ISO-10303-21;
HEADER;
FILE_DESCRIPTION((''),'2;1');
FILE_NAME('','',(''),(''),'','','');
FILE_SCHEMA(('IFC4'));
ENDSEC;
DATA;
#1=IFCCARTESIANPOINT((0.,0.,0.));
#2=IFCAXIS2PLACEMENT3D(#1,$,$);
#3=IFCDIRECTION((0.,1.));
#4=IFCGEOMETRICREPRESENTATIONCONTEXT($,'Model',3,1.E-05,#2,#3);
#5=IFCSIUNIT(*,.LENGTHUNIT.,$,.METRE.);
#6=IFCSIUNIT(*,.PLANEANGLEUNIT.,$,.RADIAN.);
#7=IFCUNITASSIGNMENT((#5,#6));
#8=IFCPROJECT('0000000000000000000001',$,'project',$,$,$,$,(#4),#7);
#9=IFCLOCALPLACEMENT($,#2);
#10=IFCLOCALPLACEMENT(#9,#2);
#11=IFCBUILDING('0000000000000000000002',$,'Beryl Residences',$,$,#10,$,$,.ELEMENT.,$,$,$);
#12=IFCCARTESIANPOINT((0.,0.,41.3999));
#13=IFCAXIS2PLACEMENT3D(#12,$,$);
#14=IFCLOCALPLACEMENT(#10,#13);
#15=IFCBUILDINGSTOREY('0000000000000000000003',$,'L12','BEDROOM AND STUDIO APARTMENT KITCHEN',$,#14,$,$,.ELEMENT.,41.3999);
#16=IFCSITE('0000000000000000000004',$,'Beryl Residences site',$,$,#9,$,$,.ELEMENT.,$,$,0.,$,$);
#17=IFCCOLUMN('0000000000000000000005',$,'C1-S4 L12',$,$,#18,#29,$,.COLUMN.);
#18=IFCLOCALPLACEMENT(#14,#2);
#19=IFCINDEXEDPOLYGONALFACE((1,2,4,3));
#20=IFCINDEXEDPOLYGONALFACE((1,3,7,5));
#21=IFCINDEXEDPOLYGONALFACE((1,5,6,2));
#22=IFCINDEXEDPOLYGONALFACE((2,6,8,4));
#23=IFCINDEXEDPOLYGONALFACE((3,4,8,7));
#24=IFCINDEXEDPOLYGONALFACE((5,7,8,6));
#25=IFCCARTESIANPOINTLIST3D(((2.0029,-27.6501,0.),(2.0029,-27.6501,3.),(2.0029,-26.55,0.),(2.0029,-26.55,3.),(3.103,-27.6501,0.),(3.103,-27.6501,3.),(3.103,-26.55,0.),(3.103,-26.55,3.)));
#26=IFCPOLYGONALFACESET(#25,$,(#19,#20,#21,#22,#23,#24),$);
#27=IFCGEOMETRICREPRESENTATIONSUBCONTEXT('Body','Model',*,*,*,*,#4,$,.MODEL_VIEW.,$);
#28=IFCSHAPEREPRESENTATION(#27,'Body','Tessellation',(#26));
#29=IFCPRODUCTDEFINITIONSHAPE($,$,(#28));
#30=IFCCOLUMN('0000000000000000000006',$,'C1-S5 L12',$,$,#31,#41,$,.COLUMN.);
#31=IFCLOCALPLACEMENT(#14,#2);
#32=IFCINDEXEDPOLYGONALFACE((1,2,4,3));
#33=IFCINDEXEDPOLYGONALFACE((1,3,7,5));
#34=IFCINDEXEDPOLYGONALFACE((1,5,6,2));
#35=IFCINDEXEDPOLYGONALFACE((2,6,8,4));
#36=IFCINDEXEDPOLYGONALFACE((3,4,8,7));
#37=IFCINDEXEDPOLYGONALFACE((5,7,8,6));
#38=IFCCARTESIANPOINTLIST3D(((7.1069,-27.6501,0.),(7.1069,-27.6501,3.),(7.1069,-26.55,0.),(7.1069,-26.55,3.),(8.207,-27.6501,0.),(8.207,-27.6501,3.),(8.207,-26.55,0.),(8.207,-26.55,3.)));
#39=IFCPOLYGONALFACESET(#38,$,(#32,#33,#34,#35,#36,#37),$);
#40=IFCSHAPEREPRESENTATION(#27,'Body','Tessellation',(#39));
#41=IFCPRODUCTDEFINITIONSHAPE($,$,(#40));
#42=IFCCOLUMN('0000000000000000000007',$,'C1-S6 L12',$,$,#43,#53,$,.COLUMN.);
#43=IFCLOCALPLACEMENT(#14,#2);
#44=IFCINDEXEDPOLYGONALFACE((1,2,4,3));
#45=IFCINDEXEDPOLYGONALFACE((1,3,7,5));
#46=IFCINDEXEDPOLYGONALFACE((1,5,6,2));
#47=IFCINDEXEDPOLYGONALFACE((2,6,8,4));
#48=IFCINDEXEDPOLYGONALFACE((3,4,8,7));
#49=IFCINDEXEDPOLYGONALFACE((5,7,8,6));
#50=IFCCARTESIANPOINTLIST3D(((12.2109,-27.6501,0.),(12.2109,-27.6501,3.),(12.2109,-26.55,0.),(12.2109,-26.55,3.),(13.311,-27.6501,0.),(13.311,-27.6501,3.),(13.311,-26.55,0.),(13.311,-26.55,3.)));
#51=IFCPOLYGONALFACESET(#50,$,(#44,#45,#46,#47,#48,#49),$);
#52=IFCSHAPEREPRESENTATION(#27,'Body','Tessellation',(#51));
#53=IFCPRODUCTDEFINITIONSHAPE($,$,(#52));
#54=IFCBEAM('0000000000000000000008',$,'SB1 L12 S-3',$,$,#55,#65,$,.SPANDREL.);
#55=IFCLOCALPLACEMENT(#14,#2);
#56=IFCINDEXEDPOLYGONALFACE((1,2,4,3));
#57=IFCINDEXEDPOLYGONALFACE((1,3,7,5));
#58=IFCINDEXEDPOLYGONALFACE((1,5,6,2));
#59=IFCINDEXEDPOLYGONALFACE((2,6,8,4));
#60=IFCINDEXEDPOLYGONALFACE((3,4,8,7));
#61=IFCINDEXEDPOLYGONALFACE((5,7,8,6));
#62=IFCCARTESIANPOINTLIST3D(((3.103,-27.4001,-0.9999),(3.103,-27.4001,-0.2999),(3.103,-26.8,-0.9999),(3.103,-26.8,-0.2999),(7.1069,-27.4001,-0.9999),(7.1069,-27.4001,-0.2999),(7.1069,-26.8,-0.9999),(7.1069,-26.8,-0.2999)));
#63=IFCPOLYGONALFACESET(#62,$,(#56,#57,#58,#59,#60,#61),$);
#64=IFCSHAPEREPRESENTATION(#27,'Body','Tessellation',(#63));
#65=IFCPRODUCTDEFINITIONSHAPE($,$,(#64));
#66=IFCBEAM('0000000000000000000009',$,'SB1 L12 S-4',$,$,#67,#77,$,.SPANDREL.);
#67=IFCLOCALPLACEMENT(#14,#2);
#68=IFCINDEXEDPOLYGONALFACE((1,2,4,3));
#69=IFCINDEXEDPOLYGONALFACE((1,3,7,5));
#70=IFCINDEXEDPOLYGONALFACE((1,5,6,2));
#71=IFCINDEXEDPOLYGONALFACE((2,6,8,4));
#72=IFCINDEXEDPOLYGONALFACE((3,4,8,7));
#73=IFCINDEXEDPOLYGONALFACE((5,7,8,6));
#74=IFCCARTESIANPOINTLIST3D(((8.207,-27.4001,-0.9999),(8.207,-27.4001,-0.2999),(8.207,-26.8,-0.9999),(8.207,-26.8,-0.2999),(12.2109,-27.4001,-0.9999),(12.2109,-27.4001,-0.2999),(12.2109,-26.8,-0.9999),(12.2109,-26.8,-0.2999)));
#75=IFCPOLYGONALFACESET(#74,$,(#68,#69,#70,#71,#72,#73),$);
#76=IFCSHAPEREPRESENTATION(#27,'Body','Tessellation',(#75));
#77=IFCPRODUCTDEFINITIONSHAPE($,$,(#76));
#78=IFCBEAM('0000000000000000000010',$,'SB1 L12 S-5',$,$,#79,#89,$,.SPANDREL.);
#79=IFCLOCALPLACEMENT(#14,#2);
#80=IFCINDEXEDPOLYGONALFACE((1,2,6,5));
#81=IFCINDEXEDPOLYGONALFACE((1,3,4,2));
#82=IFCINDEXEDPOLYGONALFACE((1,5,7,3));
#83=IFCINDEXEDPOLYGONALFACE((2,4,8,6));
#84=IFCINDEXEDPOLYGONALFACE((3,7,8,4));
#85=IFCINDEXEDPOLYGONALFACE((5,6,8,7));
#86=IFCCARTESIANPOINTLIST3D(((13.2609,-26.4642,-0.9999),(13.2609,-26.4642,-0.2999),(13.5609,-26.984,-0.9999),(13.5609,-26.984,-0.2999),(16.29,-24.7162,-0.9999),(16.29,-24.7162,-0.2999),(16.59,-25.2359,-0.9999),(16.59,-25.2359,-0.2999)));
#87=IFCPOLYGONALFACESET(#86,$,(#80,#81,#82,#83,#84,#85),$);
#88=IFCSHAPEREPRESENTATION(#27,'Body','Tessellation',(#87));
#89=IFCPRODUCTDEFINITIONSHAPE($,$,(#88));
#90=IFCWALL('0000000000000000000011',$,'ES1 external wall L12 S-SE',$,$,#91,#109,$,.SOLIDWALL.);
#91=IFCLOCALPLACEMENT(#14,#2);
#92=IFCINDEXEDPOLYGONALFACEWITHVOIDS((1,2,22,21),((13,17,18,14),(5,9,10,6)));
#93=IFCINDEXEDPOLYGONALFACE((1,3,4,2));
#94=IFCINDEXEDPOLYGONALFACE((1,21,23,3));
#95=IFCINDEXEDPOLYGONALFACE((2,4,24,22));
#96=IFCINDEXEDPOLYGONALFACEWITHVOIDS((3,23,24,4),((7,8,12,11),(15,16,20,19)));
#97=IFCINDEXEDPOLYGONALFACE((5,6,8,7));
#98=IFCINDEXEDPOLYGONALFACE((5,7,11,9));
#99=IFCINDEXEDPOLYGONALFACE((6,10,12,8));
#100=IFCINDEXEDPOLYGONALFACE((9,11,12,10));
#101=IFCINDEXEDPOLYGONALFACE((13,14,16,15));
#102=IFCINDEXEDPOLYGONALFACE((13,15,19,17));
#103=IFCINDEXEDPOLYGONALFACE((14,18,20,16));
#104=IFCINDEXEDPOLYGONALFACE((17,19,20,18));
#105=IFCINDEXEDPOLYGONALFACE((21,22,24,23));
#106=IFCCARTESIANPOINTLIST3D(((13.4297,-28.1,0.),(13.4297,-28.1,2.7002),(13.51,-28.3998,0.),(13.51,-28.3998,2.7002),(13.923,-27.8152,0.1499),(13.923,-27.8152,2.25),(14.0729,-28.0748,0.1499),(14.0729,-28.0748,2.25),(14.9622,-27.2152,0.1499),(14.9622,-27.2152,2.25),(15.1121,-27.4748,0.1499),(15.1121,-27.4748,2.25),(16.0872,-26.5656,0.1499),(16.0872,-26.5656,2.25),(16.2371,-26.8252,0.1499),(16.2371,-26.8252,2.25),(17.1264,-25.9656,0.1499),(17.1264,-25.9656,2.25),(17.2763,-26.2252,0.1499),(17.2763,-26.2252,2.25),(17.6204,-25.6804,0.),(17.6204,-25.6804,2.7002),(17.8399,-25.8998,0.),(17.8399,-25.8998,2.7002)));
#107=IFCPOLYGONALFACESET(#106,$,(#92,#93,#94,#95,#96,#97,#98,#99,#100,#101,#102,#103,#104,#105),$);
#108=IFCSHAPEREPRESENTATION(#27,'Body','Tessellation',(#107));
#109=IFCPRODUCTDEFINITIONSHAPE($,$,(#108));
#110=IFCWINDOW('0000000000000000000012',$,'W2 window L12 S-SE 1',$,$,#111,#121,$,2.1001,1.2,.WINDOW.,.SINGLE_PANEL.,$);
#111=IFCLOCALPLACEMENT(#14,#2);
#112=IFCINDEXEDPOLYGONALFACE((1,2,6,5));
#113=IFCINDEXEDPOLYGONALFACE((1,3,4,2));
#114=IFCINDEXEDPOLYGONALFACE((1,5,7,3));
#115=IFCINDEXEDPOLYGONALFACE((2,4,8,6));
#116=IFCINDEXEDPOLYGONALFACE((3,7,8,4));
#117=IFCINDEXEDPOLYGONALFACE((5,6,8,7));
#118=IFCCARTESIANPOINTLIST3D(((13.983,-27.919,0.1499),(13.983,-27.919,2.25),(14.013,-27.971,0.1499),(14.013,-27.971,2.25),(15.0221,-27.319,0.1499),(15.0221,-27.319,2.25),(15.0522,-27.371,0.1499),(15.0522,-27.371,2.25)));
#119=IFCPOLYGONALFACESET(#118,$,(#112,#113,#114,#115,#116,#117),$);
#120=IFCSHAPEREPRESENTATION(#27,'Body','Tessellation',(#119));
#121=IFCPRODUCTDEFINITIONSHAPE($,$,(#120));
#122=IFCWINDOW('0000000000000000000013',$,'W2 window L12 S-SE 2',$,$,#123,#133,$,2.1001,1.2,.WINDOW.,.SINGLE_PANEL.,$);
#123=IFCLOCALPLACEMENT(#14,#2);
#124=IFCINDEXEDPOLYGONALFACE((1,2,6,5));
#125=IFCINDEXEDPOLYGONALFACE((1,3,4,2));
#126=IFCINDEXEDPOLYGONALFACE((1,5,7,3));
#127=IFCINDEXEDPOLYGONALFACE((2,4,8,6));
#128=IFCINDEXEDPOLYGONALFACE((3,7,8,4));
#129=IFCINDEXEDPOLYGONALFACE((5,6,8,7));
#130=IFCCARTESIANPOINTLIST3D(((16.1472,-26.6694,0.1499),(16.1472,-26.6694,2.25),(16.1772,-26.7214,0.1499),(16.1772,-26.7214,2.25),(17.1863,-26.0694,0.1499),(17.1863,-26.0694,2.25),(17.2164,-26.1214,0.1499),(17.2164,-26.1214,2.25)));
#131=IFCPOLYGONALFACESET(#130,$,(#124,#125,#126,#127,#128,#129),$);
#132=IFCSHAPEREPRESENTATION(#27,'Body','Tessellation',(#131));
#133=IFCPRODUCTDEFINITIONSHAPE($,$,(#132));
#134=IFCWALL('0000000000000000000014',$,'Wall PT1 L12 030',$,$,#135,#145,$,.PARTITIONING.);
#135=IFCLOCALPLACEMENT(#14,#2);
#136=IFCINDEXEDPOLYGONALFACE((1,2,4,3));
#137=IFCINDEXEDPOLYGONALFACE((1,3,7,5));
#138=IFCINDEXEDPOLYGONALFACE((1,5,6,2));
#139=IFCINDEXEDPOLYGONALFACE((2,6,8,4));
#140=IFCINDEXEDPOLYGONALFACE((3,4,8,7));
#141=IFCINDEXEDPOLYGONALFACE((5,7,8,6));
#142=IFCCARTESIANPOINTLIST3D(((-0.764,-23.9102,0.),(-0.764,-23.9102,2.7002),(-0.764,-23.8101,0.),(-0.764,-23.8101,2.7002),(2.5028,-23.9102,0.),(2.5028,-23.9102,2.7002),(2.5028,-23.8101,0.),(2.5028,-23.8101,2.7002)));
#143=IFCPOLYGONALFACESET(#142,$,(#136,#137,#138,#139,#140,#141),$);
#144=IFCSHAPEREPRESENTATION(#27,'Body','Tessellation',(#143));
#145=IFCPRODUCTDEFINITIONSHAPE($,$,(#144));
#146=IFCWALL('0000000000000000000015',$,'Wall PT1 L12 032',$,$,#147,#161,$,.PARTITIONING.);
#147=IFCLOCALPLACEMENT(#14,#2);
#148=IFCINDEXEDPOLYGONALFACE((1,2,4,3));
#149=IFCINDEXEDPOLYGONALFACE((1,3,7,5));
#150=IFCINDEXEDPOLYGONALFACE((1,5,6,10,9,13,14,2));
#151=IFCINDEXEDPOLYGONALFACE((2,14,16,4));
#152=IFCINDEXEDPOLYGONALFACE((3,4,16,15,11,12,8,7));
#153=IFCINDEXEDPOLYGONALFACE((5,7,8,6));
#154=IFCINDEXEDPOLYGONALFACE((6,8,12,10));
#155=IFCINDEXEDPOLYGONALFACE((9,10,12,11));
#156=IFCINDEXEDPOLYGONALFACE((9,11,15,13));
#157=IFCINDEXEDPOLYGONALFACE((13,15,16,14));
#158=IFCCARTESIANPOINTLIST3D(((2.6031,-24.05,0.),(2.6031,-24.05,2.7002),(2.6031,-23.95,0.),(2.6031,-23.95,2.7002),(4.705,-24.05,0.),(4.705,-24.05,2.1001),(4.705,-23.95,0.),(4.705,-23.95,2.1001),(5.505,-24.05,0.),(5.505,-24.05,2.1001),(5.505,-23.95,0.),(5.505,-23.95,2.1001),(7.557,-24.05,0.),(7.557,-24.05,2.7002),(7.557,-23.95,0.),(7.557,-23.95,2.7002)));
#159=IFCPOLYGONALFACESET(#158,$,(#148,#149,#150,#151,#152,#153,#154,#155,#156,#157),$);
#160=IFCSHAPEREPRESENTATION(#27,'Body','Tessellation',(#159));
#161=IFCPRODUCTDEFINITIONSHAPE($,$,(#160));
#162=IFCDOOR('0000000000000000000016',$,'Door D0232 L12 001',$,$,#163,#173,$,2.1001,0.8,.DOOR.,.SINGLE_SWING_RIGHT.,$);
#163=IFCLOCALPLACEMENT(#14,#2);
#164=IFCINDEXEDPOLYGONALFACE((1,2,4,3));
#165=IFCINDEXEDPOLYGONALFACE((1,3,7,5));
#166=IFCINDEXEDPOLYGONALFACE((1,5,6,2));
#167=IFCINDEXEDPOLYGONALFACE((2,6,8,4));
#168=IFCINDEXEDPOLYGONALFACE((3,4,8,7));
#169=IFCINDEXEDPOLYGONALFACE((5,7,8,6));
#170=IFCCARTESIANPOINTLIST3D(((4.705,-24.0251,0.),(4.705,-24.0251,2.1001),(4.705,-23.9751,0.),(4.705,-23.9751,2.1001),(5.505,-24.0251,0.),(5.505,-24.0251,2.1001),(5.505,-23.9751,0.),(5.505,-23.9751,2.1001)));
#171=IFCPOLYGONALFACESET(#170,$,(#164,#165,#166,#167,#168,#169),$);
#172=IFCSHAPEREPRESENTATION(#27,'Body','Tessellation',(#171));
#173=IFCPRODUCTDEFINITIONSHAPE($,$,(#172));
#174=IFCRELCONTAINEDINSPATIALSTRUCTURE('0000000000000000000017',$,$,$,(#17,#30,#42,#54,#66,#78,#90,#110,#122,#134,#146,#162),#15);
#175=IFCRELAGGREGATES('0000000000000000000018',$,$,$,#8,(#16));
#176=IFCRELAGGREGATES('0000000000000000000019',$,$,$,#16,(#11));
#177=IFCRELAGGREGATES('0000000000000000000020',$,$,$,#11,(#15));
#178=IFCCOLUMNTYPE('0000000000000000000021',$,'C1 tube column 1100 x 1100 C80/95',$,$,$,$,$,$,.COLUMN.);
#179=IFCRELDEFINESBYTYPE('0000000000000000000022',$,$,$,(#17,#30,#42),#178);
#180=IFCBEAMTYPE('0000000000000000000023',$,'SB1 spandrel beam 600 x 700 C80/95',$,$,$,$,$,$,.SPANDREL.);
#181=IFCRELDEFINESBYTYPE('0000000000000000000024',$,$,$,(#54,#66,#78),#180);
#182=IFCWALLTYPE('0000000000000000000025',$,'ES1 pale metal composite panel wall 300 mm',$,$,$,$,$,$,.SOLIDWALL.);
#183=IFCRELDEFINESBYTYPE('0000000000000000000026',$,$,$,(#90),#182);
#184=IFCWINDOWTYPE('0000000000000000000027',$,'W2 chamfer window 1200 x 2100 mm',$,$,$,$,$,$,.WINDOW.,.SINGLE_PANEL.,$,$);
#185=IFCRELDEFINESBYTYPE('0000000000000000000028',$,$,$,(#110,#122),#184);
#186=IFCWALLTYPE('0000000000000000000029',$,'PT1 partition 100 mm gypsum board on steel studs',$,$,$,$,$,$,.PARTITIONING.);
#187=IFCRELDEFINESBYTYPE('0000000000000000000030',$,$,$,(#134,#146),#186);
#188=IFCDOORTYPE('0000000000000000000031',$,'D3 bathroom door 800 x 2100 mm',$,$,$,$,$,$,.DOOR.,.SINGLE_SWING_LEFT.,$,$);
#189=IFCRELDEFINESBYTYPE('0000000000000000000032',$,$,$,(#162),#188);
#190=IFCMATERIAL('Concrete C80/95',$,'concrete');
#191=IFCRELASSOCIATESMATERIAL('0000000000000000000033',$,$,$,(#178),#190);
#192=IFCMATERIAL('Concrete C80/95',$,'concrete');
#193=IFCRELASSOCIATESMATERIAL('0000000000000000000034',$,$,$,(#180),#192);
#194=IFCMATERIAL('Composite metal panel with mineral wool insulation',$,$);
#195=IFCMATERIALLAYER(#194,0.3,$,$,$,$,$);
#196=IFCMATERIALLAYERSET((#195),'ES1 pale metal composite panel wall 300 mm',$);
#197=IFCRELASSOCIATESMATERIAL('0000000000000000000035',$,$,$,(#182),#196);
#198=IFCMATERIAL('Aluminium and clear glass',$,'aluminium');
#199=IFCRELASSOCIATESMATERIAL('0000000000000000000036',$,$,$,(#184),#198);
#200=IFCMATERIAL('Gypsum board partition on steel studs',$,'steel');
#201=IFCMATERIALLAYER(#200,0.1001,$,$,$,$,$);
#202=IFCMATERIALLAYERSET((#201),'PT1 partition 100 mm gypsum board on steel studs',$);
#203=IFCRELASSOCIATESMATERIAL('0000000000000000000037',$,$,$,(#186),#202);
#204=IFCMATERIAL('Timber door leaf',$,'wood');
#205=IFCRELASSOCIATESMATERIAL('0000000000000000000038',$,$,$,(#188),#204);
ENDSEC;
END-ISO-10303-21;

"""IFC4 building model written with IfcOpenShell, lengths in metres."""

from ifc_helpers import new_model, si_unit, direction, frame, frame_2d, origin, origin_2d, place, context, subcontext, project, spatial, polyline, rectangle, outline, extrude, material, layer, layer_set, material_profile, profile_set, type_object, element, fill, save


model = new_model("IFC4")

# Units and contexts
model_context = context("Model", 3, precision=1e-05, world=origin(), true_north=direction((0.0, 1.0)))
body_context = subcontext(model_context, "Body", "Model", "MODEL_VIEW")
ifc_project = project(units=[si_unit("LENGTHUNIT", "METRE"), si_unit("PLANEANGLEUNIT", "RADIAN")], contexts=[model_context])

# Site, building, storey
site_placement = place(None, origin())
site = spatial("IfcSite", under=ifc_project, at=site_placement, Name="Beryl Residences site", CompositionType="ELEMENT", RefElevation=0.0)
building_placement = place(site_placement, origin())
building = spatial("IfcBuilding", under=site, at=building_placement, Name="Beryl Residences", CompositionType="ELEMENT")
storey_placement = place(building_placement, frame((0.0, 0.0, 41.3999)))
storey = spatial("IfcBuildingStorey", under=building, at=storey_placement, Name="L12", Description="BEDROOM AND STUDIO APARTMENT KITCHEN", CompositionType="ELEMENT", Elevation=41.3999)

# Columns
ifc_material_1 = material(Name="Concrete C80/95", Category="concrete")
ifc_material_profile_1 = material_profile(ifc_material_1, rectangle(XDim=1.1001, YDim=1.1001, at=origin_2d()))
ifc_profile_set_1 = profile_set([ifc_material_profile_1], Name="Concrete C80/95")
column_type = type_object("IfcColumnType", Name="C1 tube column 1100 x 1100 C80/95", PredefinedType="COLUMN", material=ifc_profile_set_1)
for number, where, z_axis, x_axis, name in (
    (1, (2.553, -27.1001, 0.0), (0.0, 0.0, 1.0), (1.0, 0.0, 0.0), "C1-S4 L12"),
    (2, (7.657, -27.1001, 0.0), (0.0, 0.0, 1.0), (1.0, 0.0, 0.0), "C1-S5 L12"),
    (3, (12.761, -27.1001, 0.0), (0.0, 0.0, 1.0), (1.0, 0.0, 0.0), "C1-S6 L12"),
):
    element("IfcColumn", number, at=place(storey_placement, frame(where, z_axis=z_axis, x_axis=x_axis)), inside=storey, type_object=column_type, Name=name, PredefinedType="COLUMN", context=body_context, shape_type="SweptSolid", body=[
        extrude(rectangle(XDim=1.1001, YDim=1.1001, at=origin_2d()), origin(), (0.0, 0.0, 1.0), 3.0),
    ])

# Beams
ifc_material_2 = material(Name="Concrete C80/95", Category="concrete")
ifc_material_profile_2 = material_profile(ifc_material_2, rectangle(XDim=0.6001, YDim=0.7, at=origin_2d()))
ifc_profile_set_2 = profile_set([ifc_material_profile_2], Name="Concrete C80/95")
beam_type = type_object("IfcBeamType", Name="SB1 spandrel beam 600 x 700 C80/95", PredefinedType="SPANDREL", material=ifc_profile_set_2)
for number, where, z_axis, x_axis, name in (
    (4, (3.103, -27.1001, -0.6499), (1.0, 0.0, 0.0), (0.0, 1.0, 0.0), "SB1 L12 S-3"),
    (5, (8.207, -27.1001, -0.6499), (1.0, 0.0, 0.0), (0.0, 1.0, 0.0), "SB1 L12 S-4"),
):
    element("IfcBeam", number, at=place(storey_placement, frame(where, z_axis=z_axis, x_axis=x_axis)), inside=storey, type_object=beam_type, Name=name, PredefinedType="SPANDREL", context=body_context, shape_type="SweptSolid", body=[
        extrude(rectangle(XDim=0.6001, YDim=0.7, at=origin_2d()), origin(), (0.0, 0.0, 1.0), 4.0039),
    ])
beam_placement = place(storey_placement, frame((13.4109, -26.7241, -0.6499), z_axis=(0.866122, 0.499833, 0.0), x_axis=(-0.499833, 0.866122, 0.0)))
element("IfcBeam", 6, at=beam_placement, inside=storey, type_object=beam_type, Name="SB1 L12 S-5", PredefinedType="SPANDREL", context=body_context, shape_type="SweptSolid", body=[
    extrude(rectangle(XDim=0.6001, YDim=0.7, at=origin_2d()), origin(), (0.0, 0.0, 1.0), 3.4973),
])

# Wall, openings, windows
ifc_material_3 = material(Name="Composite metal panel with mineral wool insulation")
ifc_layer_1 = layer(ifc_material_3, 0.3)
ifc_layer_set_1 = layer_set([ifc_layer_1], Name="ES1 pale metal composite panel wall 300 mm")
wall_type_1 = type_object("IfcWallType", Name="ES1 pale metal composite panel wall 300 mm", PredefinedType="SOLIDWALL", material=ifc_layer_set_1)
wall_1_placement = place(storey_placement, frame((13.4351, -28.27, 0.0), z_axis=(0.0, 0.0, 1.0), x_axis=(0.866011, 0.500025, 0.0)))
wall_1 = element("IfcWall", 7, at=wall_1_placement, inside=storey, type_object=wall_type_1, Name="ES1 external wall L12 S-SE", PredefinedType="SOLIDWALL", context=body_context, shape_type="SweptSolid", body=[
    extrude(outline(polyline([(0.0, -0.1499), (4.9998, -0.1499), (4.9194, 0.1499), (0.0803, 0.1499), (0.0, -0.1499)])), origin(), (0.0, 0.0, 1.0), 2.7002),
])
opening_1_placement = place(wall_1_placement, frame((0.6499, 0.0, 0.1499)))
opening_1 = element("IfcOpeningElement", 8, at=opening_1_placement, cuts=wall_1, PredefinedType="OPENING", context=body_context, shape_type="SweptSolid", body=[
    extrude(rectangle(XDim=1.2, YDim=2.1001, at=frame_2d((0.6001, 1.05))), frame((0.0, 0.1599, 0.0), z_axis=(0.0, -1.0, 0.0), x_axis=(1.0, 0.0, 0.0)), (0.0, 0.0, 1.0), 0.3201),
])
opening_2_placement = place(wall_1_placement, frame((3.1489, 0.0, 0.1499)))
opening_2 = element("IfcOpeningElement", 9, at=opening_2_placement, cuts=wall_1, PredefinedType="OPENING", context=body_context, shape_type="SweptSolid", body=[
    extrude(rectangle(XDim=1.2, YDim=2.1001, at=frame_2d((0.6001, 1.05))), frame((0.0, 0.1599, 0.0), z_axis=(0.0, -1.0, 0.0), x_axis=(1.0, 0.0, 0.0)), (0.0, 0.0, 1.0), 0.3201),
])
ifc_material_4 = material(Name="Aluminium and clear glass", Category="aluminium")
window_type = type_object("IfcWindowType", Name="W2 chamfer window 1200 x 2100 mm", PartitioningType="SINGLE_PANEL", PredefinedType="WINDOW", material=ifc_material_4)
window_1_placement = place(opening_1_placement, origin())
window_1 = element("IfcWindow", 10, at=window_1_placement, inside=storey, type_object=window_type, Name="W2 window L12 S-SE 1", OverallHeight=2.1001, OverallWidth=1.2, PartitioningType="SINGLE_PANEL", PredefinedType="WINDOW", context=body_context, shape_type="SweptSolid", body=[
    extrude(rectangle(XDim=1.2, YDim=2.1001, at=frame_2d((0.6001, 1.05))), frame((0.0, 0.03, 0.0), z_axis=(0.0, -1.0, 0.0), x_axis=(1.0, 0.0, 0.0)), (0.0, 0.0, 1.0), 0.0601),
])
fill(opening_1, window_1)
window_2_placement = place(opening_2_placement, origin())
window_2 = element("IfcWindow", 11, at=window_2_placement, inside=storey, type_object=window_type, Name="W2 window L12 S-SE 2", OverallHeight=2.1001, OverallWidth=1.2, PartitioningType="SINGLE_PANEL", PredefinedType="WINDOW", context=body_context, shape_type="SweptSolid", body=[
    extrude(rectangle(XDim=1.2, YDim=2.1001, at=frame_2d((0.6001, 1.05))), frame((0.0, 0.03, 0.0), z_axis=(0.0, -1.0, 0.0), x_axis=(1.0, 0.0, 0.0)), (0.0, 0.0, 1.0), 0.0601),
])
fill(opening_2, window_2)

# Wall
ifc_material_5 = material(Name="Gypsum board partition on steel studs", Category="steel")
ifc_layer_2 = layer(ifc_material_5, 0.1001)
ifc_layer_set_2 = layer_set([ifc_layer_2], Name="PT1 partition 100 mm gypsum board on steel studs")
wall_type_2 = type_object("IfcWallType", Name="PT1 partition 100 mm gypsum board on steel studs", PredefinedType="PARTITIONING", material=ifc_layer_set_2)
wall_2_placement = place(storey_placement, frame((-0.7639, -23.8601, 0.0), z_axis=(0.0, 0.0, 1.0), x_axis=(1.0, 0.0, 0.0)))
element("IfcWall", 12, at=wall_2_placement, inside=storey, type_object=wall_type_2, Name="Wall PT1 L12 030", PredefinedType="PARTITIONING", context=body_context, shape_type="SweptSolid", body=[
    extrude(rectangle(XDim=3.2668, YDim=0.1001, at=frame_2d((1.6333, 0.0))), origin(), (0.0, 0.0, 1.0), 2.7002),
])

# Wall, opening, door
wall_3_placement = place(storey_placement, frame((2.603, -24.0, 0.0), z_axis=(0.0, 0.0, 1.0), x_axis=(1.0, 0.0, 0.0)))
wall_3 = element("IfcWall", 13, at=wall_3_placement, inside=storey, type_object=wall_type_2, Name="Wall PT1 L12 032", PredefinedType="PARTITIONING", context=body_context, shape_type="SweptSolid", body=[
    extrude(rectangle(XDim=4.9539, YDim=0.1001, at=frame_2d((2.4771, 0.0))), origin(), (0.0, 0.0, 1.0), 2.7002),
])
opening_3_placement = place(wall_3_placement, frame((2.1021, 0.0, 0.0)))
opening_3 = element("IfcOpeningElement", 14, at=opening_3_placement, cuts=wall_3, PredefinedType="OPENING", context=body_context, shape_type="SweptSolid", body=[
    extrude(rectangle(XDim=0.8, YDim=2.1001, at=frame_2d((0.3999, 1.05))), frame((0.0, 0.0601, 0.0), z_axis=(0.0, -1.0, 0.0), x_axis=(1.0, 0.0, 0.0)), (0.0, 0.0, 1.0), 0.1201),
])
ifc_material_6 = material(Name="Timber door leaf", Category="wood")
door_type_1 = type_object("IfcDoorType", Name="D3 bathroom door 800 x 2100 mm", OperationType="SINGLE_SWING_LEFT", PredefinedType="DOOR", material=ifc_material_6)
door_1_placement = place(opening_3_placement, origin())
door_1 = element("IfcDoor", 15, at=door_1_placement, inside=storey, type_object=door_type_1, Name="Door D0232 L12 001", OperationType="SINGLE_SWING_RIGHT", OverallHeight=2.1001, OverallWidth=0.8, PredefinedType="DOOR", context=body_context, shape_type="SweptSolid", body=[
    extrude(rectangle(XDim=0.8, YDim=2.1001, at=frame_2d((0.3999, 1.05))), frame((0.0, 0.0249, 0.0), z_axis=(0.0, -1.0, 0.0), x_axis=(1.0, 0.0, 0.0)), (0.0, 0.0, 1.0), 0.05),
])
fill(opening_3, door_1)

save(model, "model.ifc")
